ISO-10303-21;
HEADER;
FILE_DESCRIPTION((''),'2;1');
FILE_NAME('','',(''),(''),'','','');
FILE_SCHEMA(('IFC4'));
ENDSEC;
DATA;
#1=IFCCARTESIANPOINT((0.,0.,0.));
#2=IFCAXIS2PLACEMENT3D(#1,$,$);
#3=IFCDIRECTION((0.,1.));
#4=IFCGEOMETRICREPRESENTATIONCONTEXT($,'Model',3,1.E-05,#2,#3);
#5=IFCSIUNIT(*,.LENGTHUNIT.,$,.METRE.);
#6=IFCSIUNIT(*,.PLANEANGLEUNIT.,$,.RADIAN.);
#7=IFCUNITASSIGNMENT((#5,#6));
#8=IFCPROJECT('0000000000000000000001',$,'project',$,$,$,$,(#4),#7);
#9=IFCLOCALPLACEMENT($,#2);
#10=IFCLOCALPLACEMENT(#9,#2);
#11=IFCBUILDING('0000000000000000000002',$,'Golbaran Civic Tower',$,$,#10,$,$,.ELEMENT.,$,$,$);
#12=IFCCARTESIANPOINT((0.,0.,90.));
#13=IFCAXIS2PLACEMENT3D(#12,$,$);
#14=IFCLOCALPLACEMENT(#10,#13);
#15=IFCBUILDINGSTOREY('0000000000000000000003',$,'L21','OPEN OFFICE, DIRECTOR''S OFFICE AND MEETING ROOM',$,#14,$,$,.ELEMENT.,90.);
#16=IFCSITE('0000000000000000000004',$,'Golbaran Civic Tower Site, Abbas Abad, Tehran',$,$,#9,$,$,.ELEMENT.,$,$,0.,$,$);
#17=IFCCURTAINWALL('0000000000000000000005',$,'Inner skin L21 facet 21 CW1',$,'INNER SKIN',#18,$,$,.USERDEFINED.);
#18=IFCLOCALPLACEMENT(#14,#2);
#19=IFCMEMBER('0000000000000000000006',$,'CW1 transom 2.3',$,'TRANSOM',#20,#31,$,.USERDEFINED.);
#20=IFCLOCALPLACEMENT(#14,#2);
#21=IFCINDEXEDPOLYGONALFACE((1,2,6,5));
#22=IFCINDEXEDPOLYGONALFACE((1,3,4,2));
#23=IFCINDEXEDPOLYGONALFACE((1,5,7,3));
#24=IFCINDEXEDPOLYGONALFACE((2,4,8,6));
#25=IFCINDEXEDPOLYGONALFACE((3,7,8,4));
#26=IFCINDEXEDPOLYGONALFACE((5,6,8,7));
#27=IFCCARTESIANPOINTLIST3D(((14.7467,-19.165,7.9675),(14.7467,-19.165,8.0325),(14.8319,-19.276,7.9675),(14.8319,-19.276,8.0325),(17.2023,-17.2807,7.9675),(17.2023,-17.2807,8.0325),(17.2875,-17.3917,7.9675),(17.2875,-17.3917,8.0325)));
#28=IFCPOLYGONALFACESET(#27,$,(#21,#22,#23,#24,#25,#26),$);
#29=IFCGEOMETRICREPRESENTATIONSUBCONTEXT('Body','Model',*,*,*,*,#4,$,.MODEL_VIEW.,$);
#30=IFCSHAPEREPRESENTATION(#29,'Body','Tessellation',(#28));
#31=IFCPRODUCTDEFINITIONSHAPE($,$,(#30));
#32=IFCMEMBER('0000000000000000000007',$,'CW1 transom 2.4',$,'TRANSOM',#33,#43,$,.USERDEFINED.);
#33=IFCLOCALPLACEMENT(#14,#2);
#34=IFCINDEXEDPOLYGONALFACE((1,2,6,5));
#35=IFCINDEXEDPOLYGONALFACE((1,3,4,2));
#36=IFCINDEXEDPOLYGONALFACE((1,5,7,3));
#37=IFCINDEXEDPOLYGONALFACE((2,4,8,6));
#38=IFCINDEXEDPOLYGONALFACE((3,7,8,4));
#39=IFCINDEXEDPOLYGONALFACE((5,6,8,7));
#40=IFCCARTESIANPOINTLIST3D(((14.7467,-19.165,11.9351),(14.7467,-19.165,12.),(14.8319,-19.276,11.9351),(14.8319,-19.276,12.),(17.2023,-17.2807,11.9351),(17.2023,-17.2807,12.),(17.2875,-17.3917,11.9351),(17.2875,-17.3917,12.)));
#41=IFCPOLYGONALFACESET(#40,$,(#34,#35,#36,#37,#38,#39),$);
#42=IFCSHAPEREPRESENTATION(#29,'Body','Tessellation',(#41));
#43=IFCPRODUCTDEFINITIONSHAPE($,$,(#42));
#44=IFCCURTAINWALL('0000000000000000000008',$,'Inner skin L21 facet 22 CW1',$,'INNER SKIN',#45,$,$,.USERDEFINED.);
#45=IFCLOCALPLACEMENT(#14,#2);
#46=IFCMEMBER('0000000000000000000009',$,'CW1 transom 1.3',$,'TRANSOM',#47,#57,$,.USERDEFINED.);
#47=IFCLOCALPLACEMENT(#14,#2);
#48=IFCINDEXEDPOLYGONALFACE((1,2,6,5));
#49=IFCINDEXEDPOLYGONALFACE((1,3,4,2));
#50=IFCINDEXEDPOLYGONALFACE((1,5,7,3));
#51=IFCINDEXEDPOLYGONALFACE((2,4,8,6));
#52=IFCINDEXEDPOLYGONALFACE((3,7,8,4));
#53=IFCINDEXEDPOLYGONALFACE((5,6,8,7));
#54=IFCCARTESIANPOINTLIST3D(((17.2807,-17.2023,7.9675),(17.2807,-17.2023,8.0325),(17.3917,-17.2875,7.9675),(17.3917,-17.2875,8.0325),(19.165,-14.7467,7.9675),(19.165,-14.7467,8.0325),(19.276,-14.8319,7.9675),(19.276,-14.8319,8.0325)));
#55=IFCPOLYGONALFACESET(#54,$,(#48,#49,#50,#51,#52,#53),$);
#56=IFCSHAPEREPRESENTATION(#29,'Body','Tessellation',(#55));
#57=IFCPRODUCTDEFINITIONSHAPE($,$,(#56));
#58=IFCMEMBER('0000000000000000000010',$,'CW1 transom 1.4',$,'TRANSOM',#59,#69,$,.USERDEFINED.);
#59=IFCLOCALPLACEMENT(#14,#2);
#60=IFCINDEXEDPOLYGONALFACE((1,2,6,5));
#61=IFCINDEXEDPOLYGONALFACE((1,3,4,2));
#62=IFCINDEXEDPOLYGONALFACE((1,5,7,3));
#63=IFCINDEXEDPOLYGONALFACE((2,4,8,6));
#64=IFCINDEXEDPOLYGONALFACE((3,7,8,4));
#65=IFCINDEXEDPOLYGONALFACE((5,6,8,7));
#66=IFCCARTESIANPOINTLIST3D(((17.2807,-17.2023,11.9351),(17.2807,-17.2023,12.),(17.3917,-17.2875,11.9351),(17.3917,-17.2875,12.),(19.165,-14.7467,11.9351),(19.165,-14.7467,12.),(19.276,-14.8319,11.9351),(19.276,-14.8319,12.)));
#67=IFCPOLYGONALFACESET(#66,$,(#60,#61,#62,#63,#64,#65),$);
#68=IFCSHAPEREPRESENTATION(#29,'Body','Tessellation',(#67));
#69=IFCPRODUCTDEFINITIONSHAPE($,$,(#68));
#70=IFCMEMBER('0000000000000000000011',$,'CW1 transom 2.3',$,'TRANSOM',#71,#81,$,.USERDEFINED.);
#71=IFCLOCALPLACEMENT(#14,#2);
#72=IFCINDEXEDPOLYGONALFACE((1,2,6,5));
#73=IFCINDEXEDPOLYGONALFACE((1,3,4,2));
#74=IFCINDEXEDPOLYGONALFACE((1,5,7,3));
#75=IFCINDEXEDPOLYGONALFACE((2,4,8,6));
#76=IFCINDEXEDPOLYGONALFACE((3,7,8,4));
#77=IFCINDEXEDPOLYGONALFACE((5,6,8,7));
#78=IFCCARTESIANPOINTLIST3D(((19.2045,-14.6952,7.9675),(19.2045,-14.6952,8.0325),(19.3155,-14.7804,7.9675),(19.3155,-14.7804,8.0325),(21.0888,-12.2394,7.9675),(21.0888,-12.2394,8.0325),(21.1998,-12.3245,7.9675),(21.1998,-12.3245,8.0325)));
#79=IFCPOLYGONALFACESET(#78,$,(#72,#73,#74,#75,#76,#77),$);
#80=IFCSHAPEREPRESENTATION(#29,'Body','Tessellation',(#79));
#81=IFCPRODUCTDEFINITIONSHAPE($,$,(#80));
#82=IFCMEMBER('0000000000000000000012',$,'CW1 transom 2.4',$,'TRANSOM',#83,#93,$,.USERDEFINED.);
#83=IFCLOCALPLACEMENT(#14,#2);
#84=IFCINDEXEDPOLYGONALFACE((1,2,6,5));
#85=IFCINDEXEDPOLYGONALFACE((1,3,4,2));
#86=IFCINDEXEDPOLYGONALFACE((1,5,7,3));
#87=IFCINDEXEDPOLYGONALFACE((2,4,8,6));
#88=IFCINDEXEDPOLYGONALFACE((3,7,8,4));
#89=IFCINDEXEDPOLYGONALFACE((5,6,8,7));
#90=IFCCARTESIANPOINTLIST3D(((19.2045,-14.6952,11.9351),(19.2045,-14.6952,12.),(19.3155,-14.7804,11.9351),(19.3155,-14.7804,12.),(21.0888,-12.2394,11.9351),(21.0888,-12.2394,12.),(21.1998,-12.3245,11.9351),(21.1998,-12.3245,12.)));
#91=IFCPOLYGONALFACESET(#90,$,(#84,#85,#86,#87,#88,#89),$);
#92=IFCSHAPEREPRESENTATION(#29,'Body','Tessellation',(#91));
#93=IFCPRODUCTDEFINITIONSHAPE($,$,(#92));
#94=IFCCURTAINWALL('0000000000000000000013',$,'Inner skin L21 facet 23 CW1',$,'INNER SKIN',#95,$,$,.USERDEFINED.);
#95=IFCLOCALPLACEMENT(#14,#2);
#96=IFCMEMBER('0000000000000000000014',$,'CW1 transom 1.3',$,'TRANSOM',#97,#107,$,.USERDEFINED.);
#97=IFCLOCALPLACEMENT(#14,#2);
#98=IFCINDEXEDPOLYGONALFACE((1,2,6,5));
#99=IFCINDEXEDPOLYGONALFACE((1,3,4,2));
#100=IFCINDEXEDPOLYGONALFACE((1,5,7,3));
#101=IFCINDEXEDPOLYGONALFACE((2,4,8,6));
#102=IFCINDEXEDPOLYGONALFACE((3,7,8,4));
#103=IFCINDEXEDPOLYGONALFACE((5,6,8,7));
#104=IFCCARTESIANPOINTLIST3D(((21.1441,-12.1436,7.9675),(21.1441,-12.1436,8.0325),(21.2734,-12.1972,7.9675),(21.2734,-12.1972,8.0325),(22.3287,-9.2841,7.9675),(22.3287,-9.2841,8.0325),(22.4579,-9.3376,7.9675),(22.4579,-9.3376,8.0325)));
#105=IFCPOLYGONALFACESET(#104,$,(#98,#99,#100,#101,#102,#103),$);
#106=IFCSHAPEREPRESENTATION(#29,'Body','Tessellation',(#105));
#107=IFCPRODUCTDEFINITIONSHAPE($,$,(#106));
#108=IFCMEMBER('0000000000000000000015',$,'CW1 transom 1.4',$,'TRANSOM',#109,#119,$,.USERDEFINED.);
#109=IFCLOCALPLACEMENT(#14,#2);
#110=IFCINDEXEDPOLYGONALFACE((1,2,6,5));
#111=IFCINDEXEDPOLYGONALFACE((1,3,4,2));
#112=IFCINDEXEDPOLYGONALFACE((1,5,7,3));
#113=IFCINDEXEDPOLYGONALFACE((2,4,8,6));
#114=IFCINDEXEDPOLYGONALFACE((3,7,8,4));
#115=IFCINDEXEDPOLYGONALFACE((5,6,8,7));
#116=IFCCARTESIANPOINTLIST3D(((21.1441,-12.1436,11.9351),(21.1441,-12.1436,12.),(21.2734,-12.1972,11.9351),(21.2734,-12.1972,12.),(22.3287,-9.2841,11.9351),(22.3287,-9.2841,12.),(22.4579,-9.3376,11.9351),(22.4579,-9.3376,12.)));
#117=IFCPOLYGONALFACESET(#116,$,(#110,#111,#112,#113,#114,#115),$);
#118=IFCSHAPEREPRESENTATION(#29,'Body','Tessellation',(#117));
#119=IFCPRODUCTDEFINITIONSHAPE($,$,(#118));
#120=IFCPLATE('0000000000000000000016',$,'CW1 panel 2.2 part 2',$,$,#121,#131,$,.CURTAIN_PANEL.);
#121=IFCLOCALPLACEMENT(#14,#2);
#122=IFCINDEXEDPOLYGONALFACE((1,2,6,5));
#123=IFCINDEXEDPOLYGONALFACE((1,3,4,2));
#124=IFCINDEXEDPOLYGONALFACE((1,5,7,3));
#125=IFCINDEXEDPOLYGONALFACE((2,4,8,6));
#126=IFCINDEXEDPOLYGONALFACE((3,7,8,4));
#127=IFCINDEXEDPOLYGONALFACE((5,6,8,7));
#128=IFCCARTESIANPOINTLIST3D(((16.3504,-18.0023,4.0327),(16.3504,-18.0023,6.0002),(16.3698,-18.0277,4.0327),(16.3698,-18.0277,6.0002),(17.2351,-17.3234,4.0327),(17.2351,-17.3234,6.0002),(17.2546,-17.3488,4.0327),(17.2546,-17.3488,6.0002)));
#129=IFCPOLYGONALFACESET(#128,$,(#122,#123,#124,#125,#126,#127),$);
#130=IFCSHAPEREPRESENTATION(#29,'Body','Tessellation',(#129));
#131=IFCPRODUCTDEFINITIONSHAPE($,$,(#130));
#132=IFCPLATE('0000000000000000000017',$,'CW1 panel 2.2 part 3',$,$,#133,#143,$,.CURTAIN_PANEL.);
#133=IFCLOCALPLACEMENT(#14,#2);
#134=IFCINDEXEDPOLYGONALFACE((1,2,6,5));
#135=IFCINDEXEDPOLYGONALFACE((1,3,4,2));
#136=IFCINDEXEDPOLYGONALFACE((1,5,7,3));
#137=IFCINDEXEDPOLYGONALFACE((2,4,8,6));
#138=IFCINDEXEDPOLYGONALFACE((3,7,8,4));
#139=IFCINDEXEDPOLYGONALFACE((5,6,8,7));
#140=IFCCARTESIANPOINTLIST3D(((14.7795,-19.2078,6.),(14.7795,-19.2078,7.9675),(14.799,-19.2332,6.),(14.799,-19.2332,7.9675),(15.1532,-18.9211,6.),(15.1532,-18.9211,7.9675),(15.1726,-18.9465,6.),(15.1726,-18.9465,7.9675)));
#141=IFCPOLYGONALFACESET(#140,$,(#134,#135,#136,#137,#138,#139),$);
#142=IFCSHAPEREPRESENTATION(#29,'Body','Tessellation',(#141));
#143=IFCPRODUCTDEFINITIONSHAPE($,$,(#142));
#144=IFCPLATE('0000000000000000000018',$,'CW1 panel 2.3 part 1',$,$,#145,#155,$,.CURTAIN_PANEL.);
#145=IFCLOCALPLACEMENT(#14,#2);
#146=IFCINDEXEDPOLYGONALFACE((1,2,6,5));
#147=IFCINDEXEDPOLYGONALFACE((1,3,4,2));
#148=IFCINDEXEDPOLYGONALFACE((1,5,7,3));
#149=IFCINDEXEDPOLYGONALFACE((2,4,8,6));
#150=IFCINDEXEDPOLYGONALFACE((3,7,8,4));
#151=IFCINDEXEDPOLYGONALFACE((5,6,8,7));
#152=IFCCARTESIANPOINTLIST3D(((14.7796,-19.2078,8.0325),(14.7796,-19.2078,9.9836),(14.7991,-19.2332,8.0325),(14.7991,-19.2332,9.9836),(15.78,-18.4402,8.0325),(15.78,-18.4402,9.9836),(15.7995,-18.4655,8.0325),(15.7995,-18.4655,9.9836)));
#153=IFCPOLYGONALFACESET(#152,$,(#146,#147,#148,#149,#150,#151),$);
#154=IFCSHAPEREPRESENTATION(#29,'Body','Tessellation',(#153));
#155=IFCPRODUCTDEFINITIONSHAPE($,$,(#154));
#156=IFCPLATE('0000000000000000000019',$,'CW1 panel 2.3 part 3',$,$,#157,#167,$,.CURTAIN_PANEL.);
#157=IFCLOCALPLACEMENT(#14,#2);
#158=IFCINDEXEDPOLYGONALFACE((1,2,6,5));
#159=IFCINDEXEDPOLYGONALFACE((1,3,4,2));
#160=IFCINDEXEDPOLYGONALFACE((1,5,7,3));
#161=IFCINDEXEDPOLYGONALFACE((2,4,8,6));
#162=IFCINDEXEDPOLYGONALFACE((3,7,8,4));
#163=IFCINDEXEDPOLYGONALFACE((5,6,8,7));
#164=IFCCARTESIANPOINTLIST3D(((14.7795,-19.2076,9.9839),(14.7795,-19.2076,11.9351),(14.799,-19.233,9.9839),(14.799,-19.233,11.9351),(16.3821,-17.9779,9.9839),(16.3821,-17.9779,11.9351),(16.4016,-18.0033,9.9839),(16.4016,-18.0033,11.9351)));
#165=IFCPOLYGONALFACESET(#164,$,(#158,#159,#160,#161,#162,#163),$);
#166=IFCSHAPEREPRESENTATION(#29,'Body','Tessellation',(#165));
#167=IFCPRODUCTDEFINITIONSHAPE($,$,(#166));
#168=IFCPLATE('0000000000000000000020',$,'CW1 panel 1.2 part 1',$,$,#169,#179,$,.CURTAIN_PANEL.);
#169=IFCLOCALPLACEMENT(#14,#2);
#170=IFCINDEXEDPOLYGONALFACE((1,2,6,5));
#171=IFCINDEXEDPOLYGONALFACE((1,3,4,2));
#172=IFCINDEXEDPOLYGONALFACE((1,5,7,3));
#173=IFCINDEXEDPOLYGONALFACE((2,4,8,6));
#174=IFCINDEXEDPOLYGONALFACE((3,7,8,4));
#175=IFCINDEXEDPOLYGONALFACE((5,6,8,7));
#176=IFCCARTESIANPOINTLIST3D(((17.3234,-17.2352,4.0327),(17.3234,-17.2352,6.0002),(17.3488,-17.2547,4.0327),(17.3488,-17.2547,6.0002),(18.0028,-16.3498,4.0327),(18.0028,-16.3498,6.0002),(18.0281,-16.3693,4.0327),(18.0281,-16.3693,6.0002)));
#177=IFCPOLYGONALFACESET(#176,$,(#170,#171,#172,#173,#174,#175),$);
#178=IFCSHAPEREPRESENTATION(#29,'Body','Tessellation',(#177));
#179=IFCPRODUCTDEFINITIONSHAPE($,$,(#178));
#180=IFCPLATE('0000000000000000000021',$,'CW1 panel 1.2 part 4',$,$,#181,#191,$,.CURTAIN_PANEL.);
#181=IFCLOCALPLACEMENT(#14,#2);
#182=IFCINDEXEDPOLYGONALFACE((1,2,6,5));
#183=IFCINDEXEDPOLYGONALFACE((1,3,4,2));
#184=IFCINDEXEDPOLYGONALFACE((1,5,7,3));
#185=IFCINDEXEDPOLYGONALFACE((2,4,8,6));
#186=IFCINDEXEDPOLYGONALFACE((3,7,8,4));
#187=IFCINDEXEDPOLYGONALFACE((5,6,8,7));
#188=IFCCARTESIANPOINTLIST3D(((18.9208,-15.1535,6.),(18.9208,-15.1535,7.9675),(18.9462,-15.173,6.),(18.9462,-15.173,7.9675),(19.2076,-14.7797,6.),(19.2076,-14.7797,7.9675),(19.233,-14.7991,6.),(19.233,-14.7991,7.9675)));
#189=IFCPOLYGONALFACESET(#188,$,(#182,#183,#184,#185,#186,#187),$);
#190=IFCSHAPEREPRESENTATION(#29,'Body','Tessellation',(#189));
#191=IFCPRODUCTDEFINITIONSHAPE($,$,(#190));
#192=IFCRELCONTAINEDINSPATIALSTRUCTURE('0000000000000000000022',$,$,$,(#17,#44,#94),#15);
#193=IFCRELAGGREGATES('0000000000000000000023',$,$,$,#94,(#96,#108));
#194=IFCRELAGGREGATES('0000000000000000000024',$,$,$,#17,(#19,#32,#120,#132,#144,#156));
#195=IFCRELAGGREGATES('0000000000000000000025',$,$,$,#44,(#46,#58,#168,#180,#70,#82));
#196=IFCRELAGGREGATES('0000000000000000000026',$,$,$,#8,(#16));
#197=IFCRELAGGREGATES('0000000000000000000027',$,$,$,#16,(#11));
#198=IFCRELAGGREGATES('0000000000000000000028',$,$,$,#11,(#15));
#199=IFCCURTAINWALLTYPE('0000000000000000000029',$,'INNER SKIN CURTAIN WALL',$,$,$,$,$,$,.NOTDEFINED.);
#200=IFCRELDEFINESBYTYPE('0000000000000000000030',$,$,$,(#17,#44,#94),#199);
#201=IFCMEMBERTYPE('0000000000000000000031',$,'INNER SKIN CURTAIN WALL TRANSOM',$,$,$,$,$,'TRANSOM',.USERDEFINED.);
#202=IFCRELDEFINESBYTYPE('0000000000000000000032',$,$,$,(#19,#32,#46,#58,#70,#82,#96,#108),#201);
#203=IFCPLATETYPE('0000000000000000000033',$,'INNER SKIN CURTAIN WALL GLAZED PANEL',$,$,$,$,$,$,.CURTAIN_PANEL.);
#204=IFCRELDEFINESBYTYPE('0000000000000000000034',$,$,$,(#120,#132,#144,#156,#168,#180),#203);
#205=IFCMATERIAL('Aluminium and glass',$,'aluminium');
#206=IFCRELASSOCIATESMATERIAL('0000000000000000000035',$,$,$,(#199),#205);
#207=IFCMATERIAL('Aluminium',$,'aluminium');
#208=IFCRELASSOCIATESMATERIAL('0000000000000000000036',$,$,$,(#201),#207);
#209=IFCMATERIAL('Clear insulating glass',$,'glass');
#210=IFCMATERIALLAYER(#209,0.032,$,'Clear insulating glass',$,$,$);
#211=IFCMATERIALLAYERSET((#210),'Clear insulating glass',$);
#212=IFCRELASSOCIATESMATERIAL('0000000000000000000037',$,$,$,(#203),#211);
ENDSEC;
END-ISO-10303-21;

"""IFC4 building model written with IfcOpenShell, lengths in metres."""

from ifc_helpers import new_model, si_unit, direction, frame, origin, origin_2d, place, context, subcontext, project, spatial, rectangle, extrude, material, layer, layer_set, material_profile, profile_set, type_object, element, aggregate, save


model = new_model("IFC4")

# Units and contexts
model_context = context("Model", 3, precision=1e-05, world=origin(), true_north=direction((0.0, 1.0)))
body_context = subcontext(model_context, "Body", "Model", "MODEL_VIEW")
ifc_project = project(units=[si_unit("LENGTHUNIT", "METRE"), si_unit("PLANEANGLEUNIT", "RADIAN")], contexts=[model_context])

# Site, building, storey
site_placement = place(None, origin())
site = spatial("IfcSite", under=ifc_project, at=site_placement, Name="Golbaran Civic Tower Site, Abbas Abad, Tehran", CompositionType="ELEMENT", RefElevation=0.0)
building_placement = place(site_placement, origin())
building = spatial("IfcBuilding", under=site, at=building_placement, Name="Golbaran Civic Tower", CompositionType="ELEMENT")
storey_placement = place(building_placement, frame((0.0, 0.0, 90.0)))
storey = spatial("IfcBuildingStorey", under=building, at=storey_placement, Name="L21", Description="OPEN OFFICE, DIRECTOR'S OFFICE AND MEETING ROOM", CompositionType="ELEMENT", Elevation=90.0)

# Curtain walls, members
ifc_material_1 = material(Name="Aluminium and glass", Category="aluminium")
curtain_wall_type = type_object("IfcCurtainWallType", Name="INNER SKIN CURTAIN WALL", PredefinedType="NOTDEFINED", material=ifc_material_1)
curtain_wall_1_placement = place(storey_placement, origin())
curtain_wall_1 = element("IfcCurtainWall", 1, at=curtain_wall_1_placement, inside=storey, type_object=curtain_wall_type, Name="Inner skin L21 facet 21 CW1", ObjectType="INNER SKIN", PredefinedType="USERDEFINED")
ifc_material_2 = material(Name="Aluminium", Category="aluminium")
ifc_material_profile = material_profile(ifc_material_2, rectangle(XDim=0.1399, YDim=0.0649, at=origin_2d()), Name="INNER SKIN CURTAIN WALL TRANSOM")
ifc_profile_set = profile_set([ifc_material_profile], Name="Aluminium")
member_type = type_object("IfcMemberType", Name="INNER SKIN CURTAIN WALL TRANSOM", ElementType="TRANSOM", PredefinedType="USERDEFINED", material=ifc_profile_set)
member_1_placement = place(storey_placement, frame((14.7893, -19.2205, 8.0), z_axis=(0.793345, 0.608773, 0.0), x_axis=(-0.608773, 0.793345, 0.0)))
member_1 = element("IfcMember", 2, at=member_1_placement, type_object=member_type, Name="CW1 transom 2.3", ObjectType="TRANSOM", PredefinedType="USERDEFINED", context=body_context, shape_type="SweptSolid", body=[
    extrude(rectangle(XDim=0.1399, YDim=0.0649, at=origin_2d()), origin(), (0.0, 0.0, 1.0), 3.0952),
])
member_2_placement = place(storey_placement, frame((14.7893, -19.2205, 11.9675), z_axis=(0.793345, 0.608773, 0.0), x_axis=(-0.608773, 0.793345, 0.0)))
member_2 = element("IfcMember", 3, at=member_2_placement, type_object=member_type, Name="CW1 transom 2.4", ObjectType="TRANSOM", PredefinedType="USERDEFINED", context=body_context, shape_type="SweptSolid", body=[
    extrude(rectangle(XDim=0.1399, YDim=0.0649, at=origin_2d()), origin(), (0.0, 0.0, 1.0), 3.0952),
])
curtain_wall_2_placement = place(storey_placement, origin())
curtain_wall_2 = element("IfcCurtainWall", 4, at=curtain_wall_2_placement, inside=storey, type_object=curtain_wall_type, Name="Inner skin L21 facet 22 CW1", ObjectType="INNER SKIN", PredefinedType="USERDEFINED")
member_3_placement = place(storey_placement, frame((17.3362, -17.2449, 8.0), z_axis=(0.608773, 0.793345, 0.0), x_axis=(-0.793345, 0.608773, 0.0)))
member_3 = element("IfcMember", 5, at=member_3_placement, type_object=member_type, Name="CW1 transom 1.3", ObjectType="TRANSOM", PredefinedType="USERDEFINED", context=body_context, shape_type="SweptSolid", body=[
    extrude(rectangle(XDim=0.1399, YDim=0.0649, at=origin_2d()), origin(), (0.0, 0.0, 1.0), 3.0952),
])
member_4_placement = place(storey_placement, frame((17.3362, -17.2449, 11.9675), z_axis=(0.608773, 0.793345, 0.0), x_axis=(-0.793345, 0.608773, 0.0)))
member_4 = element("IfcMember", 6, at=member_4_placement, type_object=member_type, Name="CW1 transom 1.4", ObjectType="TRANSOM", PredefinedType="USERDEFINED", context=body_context, shape_type="SweptSolid", body=[
    extrude(rectangle(XDim=0.1399, YDim=0.0649, at=origin_2d()), origin(), (0.0, 0.0, 1.0), 3.0952),
])
member_5_placement = place(storey_placement, frame((19.26, -14.7378, 8.0), z_axis=(0.608735, 0.793374, 0.0), x_axis=(-0.793374, 0.608735, 0.0)))
member_5 = element("IfcMember", 7, at=member_5_placement, type_object=member_type, Name="CW1 transom 2.3", ObjectType="TRANSOM", PredefinedType="USERDEFINED", context=body_context, shape_type="SweptSolid", body=[
    extrude(rectangle(XDim=0.1399, YDim=0.0649, at=origin_2d()), origin(), (0.0, 0.0, 1.0), 3.0955),
])
member_6_placement = place(storey_placement, frame((19.26, -14.7378, 11.9675), z_axis=(0.608735, 0.793374, 0.0), x_axis=(-0.793374, 0.608735, 0.0)))
member_6 = element("IfcMember", 8, at=member_6_placement, type_object=member_type, Name="CW1 transom 2.4", ObjectType="TRANSOM", PredefinedType="USERDEFINED", context=body_context, shape_type="SweptSolid", body=[
    extrude(rectangle(XDim=0.1399, YDim=0.0649, at=origin_2d()), origin(), (0.0, 0.0, 1.0), 3.0955),
])
curtain_wall_3_placement = place(storey_placement, origin())
curtain_wall_3 = element("IfcCurtainWall", 9, at=curtain_wall_3_placement, inside=storey, type_object=curtain_wall_type, Name="Inner skin L21 facet 23 CW1", ObjectType="INNER SKIN", PredefinedType="USERDEFINED")
member_7_placement = place(storey_placement, frame((21.2087, -12.1704, 8.0), z_axis=(0.382705, 0.923871, 0.0), x_axis=(-0.923871, 0.382705, 0.0)))
member_7 = element("IfcMember", 10, at=member_7_placement, type_object=member_type, Name="CW1 transom 1.3", ObjectType="TRANSOM", PredefinedType="USERDEFINED", context=body_context, shape_type="SweptSolid", body=[
    extrude(rectangle(XDim=0.1399, YDim=0.0649, at=origin_2d()), origin(), (0.0, 0.0, 1.0), 3.0952),
])
member_8_placement = place(storey_placement, frame((21.2087, -12.1704, 11.9675), z_axis=(0.382705, 0.923871, 0.0), x_axis=(-0.923871, 0.382705, 0.0)))
member_8 = element("IfcMember", 11, at=member_8_placement, type_object=member_type, Name="CW1 transom 1.4", ObjectType="TRANSOM", PredefinedType="USERDEFINED", context=body_context, shape_type="SweptSolid", body=[
    extrude(rectangle(XDim=0.1399, YDim=0.0649, at=origin_2d()), origin(), (0.0, 0.0, 1.0), 3.0952),
])

# Plates
ifc_material_3 = material(Name="Clear insulating glass", Category="glass")
ifc_layer_1 = layer(ifc_material_3, 0.032, Name="Clear insulating glass")
ifc_layer_set_1 = layer_set([ifc_layer_1], Name="Clear insulating glass")
plate_type_1 = type_object("IfcPlateType", Name="INNER SKIN CURTAIN WALL GLAZED PANEL", PredefinedType="CURTAIN_PANEL", material=ifc_layer_set_1)
plate_1_placement = place(storey_placement, frame((16.8025, -17.6755, 4.0327), z_axis=(0.0, 0.0, 1.0), x_axis=(0.793353, 0.608761, 0.0)))
plate_1 = element("IfcPlate", 12, at=plate_1_placement, type_object=plate_type_1, Name="CW1 panel 2.2 part 2", PredefinedType="CURTAIN_PANEL", context=body_context, shape_type="SweptSolid", body=[
    extrude(rectangle(XDim=1.1152, YDim=0.032, at=origin_2d()), origin(), (0.0, 0.0, 1.0), 1.9675),
])
plate_2_placement = place(storey_placement, frame((14.9761, -19.0771, 6.0), z_axis=(0.0, 0.0, 1.0), x_axis=(0.793353, 0.608761, 0.0)))
plate_2 = element("IfcPlate", 13, at=plate_2_placement, type_object=plate_type_1, Name="CW1 panel 2.2 part 3", PredefinedType="CURTAIN_PANEL", context=body_context, shape_type="SweptSolid", body=[
    extrude(rectangle(XDim=0.4709, YDim=0.032, at=origin_2d()), origin(), (0.0, 0.0, 1.0), 1.9675),
])
plate_3_placement = place(storey_placement, frame((15.2896, -18.8367, 8.0325), z_axis=(0.0, 0.0, 1.0), x_axis=(0.793353, 0.608761, 0.0)))
plate_3 = element("IfcPlate", 14, at=plate_3_placement, type_object=plate_type_1, Name="CW1 panel 2.3 part 1", PredefinedType="CURTAIN_PANEL", context=body_context, shape_type="SweptSolid", body=[
    extrude(rectangle(XDim=1.261, YDim=0.032, at=origin_2d()), origin(), (0.0, 0.0, 1.0), 1.9512),
])
plate_4_placement = place(storey_placement, frame((15.5906, -18.6055, 9.9839), z_axis=(0.0, 0.0, 1.0), x_axis=(0.793353, 0.608761, 0.0)))
plate_4 = element("IfcPlate", 15, at=plate_4_placement, type_object=plate_type_1, Name="CW1 panel 2.3 part 3", PredefinedType="CURTAIN_PANEL", context=body_context, shape_type="SweptSolid", body=[
    extrude(rectangle(XDim=2.02, YDim=0.032, at=origin_2d()), origin(), (0.0, 0.0, 1.0), 1.9512),
])
plate_5_placement = place(storey_placement, frame((17.6758, -16.8022, 4.0327), z_axis=(0.0, 0.0, 1.0), x_axis=(0.608761, 0.793353, 0.0)))
plate_5 = element("IfcPlate", 16, at=plate_5_placement, type_object=plate_type_1, Name="CW1 panel 1.2 part 1", PredefinedType="CURTAIN_PANEL", context=body_context, shape_type="SweptSolid", body=[
    extrude(rectangle(XDim=1.116, YDim=0.032, at=origin_2d()), origin(), (0.0, 0.0, 1.0), 1.9675),
])
plate_6_placement = place(storey_placement, frame((19.0769, -14.9763, 6.0), z_axis=(0.0, 0.0, 1.0), x_axis=(0.608761, 0.793353, 0.0)))
plate_6 = element("IfcPlate", 17, at=plate_6_placement, type_object=plate_type_1, Name="CW1 panel 1.2 part 4", PredefinedType="CURTAIN_PANEL", context=body_context, shape_type="SweptSolid", body=[
    extrude(rectangle(XDim=0.4712, YDim=0.032, at=origin_2d()), origin(), (0.0, 0.0, 1.0), 1.9675),
])
aggregate(curtain_wall_3, [member_7, member_8])
aggregate(curtain_wall_1, [member_1, member_2, plate_1, plate_2, plate_3, plate_4])
aggregate(curtain_wall_2, [member_3, member_4, plate_5, plate_6, member_5, member_6])

save(model, "model.ifc")
